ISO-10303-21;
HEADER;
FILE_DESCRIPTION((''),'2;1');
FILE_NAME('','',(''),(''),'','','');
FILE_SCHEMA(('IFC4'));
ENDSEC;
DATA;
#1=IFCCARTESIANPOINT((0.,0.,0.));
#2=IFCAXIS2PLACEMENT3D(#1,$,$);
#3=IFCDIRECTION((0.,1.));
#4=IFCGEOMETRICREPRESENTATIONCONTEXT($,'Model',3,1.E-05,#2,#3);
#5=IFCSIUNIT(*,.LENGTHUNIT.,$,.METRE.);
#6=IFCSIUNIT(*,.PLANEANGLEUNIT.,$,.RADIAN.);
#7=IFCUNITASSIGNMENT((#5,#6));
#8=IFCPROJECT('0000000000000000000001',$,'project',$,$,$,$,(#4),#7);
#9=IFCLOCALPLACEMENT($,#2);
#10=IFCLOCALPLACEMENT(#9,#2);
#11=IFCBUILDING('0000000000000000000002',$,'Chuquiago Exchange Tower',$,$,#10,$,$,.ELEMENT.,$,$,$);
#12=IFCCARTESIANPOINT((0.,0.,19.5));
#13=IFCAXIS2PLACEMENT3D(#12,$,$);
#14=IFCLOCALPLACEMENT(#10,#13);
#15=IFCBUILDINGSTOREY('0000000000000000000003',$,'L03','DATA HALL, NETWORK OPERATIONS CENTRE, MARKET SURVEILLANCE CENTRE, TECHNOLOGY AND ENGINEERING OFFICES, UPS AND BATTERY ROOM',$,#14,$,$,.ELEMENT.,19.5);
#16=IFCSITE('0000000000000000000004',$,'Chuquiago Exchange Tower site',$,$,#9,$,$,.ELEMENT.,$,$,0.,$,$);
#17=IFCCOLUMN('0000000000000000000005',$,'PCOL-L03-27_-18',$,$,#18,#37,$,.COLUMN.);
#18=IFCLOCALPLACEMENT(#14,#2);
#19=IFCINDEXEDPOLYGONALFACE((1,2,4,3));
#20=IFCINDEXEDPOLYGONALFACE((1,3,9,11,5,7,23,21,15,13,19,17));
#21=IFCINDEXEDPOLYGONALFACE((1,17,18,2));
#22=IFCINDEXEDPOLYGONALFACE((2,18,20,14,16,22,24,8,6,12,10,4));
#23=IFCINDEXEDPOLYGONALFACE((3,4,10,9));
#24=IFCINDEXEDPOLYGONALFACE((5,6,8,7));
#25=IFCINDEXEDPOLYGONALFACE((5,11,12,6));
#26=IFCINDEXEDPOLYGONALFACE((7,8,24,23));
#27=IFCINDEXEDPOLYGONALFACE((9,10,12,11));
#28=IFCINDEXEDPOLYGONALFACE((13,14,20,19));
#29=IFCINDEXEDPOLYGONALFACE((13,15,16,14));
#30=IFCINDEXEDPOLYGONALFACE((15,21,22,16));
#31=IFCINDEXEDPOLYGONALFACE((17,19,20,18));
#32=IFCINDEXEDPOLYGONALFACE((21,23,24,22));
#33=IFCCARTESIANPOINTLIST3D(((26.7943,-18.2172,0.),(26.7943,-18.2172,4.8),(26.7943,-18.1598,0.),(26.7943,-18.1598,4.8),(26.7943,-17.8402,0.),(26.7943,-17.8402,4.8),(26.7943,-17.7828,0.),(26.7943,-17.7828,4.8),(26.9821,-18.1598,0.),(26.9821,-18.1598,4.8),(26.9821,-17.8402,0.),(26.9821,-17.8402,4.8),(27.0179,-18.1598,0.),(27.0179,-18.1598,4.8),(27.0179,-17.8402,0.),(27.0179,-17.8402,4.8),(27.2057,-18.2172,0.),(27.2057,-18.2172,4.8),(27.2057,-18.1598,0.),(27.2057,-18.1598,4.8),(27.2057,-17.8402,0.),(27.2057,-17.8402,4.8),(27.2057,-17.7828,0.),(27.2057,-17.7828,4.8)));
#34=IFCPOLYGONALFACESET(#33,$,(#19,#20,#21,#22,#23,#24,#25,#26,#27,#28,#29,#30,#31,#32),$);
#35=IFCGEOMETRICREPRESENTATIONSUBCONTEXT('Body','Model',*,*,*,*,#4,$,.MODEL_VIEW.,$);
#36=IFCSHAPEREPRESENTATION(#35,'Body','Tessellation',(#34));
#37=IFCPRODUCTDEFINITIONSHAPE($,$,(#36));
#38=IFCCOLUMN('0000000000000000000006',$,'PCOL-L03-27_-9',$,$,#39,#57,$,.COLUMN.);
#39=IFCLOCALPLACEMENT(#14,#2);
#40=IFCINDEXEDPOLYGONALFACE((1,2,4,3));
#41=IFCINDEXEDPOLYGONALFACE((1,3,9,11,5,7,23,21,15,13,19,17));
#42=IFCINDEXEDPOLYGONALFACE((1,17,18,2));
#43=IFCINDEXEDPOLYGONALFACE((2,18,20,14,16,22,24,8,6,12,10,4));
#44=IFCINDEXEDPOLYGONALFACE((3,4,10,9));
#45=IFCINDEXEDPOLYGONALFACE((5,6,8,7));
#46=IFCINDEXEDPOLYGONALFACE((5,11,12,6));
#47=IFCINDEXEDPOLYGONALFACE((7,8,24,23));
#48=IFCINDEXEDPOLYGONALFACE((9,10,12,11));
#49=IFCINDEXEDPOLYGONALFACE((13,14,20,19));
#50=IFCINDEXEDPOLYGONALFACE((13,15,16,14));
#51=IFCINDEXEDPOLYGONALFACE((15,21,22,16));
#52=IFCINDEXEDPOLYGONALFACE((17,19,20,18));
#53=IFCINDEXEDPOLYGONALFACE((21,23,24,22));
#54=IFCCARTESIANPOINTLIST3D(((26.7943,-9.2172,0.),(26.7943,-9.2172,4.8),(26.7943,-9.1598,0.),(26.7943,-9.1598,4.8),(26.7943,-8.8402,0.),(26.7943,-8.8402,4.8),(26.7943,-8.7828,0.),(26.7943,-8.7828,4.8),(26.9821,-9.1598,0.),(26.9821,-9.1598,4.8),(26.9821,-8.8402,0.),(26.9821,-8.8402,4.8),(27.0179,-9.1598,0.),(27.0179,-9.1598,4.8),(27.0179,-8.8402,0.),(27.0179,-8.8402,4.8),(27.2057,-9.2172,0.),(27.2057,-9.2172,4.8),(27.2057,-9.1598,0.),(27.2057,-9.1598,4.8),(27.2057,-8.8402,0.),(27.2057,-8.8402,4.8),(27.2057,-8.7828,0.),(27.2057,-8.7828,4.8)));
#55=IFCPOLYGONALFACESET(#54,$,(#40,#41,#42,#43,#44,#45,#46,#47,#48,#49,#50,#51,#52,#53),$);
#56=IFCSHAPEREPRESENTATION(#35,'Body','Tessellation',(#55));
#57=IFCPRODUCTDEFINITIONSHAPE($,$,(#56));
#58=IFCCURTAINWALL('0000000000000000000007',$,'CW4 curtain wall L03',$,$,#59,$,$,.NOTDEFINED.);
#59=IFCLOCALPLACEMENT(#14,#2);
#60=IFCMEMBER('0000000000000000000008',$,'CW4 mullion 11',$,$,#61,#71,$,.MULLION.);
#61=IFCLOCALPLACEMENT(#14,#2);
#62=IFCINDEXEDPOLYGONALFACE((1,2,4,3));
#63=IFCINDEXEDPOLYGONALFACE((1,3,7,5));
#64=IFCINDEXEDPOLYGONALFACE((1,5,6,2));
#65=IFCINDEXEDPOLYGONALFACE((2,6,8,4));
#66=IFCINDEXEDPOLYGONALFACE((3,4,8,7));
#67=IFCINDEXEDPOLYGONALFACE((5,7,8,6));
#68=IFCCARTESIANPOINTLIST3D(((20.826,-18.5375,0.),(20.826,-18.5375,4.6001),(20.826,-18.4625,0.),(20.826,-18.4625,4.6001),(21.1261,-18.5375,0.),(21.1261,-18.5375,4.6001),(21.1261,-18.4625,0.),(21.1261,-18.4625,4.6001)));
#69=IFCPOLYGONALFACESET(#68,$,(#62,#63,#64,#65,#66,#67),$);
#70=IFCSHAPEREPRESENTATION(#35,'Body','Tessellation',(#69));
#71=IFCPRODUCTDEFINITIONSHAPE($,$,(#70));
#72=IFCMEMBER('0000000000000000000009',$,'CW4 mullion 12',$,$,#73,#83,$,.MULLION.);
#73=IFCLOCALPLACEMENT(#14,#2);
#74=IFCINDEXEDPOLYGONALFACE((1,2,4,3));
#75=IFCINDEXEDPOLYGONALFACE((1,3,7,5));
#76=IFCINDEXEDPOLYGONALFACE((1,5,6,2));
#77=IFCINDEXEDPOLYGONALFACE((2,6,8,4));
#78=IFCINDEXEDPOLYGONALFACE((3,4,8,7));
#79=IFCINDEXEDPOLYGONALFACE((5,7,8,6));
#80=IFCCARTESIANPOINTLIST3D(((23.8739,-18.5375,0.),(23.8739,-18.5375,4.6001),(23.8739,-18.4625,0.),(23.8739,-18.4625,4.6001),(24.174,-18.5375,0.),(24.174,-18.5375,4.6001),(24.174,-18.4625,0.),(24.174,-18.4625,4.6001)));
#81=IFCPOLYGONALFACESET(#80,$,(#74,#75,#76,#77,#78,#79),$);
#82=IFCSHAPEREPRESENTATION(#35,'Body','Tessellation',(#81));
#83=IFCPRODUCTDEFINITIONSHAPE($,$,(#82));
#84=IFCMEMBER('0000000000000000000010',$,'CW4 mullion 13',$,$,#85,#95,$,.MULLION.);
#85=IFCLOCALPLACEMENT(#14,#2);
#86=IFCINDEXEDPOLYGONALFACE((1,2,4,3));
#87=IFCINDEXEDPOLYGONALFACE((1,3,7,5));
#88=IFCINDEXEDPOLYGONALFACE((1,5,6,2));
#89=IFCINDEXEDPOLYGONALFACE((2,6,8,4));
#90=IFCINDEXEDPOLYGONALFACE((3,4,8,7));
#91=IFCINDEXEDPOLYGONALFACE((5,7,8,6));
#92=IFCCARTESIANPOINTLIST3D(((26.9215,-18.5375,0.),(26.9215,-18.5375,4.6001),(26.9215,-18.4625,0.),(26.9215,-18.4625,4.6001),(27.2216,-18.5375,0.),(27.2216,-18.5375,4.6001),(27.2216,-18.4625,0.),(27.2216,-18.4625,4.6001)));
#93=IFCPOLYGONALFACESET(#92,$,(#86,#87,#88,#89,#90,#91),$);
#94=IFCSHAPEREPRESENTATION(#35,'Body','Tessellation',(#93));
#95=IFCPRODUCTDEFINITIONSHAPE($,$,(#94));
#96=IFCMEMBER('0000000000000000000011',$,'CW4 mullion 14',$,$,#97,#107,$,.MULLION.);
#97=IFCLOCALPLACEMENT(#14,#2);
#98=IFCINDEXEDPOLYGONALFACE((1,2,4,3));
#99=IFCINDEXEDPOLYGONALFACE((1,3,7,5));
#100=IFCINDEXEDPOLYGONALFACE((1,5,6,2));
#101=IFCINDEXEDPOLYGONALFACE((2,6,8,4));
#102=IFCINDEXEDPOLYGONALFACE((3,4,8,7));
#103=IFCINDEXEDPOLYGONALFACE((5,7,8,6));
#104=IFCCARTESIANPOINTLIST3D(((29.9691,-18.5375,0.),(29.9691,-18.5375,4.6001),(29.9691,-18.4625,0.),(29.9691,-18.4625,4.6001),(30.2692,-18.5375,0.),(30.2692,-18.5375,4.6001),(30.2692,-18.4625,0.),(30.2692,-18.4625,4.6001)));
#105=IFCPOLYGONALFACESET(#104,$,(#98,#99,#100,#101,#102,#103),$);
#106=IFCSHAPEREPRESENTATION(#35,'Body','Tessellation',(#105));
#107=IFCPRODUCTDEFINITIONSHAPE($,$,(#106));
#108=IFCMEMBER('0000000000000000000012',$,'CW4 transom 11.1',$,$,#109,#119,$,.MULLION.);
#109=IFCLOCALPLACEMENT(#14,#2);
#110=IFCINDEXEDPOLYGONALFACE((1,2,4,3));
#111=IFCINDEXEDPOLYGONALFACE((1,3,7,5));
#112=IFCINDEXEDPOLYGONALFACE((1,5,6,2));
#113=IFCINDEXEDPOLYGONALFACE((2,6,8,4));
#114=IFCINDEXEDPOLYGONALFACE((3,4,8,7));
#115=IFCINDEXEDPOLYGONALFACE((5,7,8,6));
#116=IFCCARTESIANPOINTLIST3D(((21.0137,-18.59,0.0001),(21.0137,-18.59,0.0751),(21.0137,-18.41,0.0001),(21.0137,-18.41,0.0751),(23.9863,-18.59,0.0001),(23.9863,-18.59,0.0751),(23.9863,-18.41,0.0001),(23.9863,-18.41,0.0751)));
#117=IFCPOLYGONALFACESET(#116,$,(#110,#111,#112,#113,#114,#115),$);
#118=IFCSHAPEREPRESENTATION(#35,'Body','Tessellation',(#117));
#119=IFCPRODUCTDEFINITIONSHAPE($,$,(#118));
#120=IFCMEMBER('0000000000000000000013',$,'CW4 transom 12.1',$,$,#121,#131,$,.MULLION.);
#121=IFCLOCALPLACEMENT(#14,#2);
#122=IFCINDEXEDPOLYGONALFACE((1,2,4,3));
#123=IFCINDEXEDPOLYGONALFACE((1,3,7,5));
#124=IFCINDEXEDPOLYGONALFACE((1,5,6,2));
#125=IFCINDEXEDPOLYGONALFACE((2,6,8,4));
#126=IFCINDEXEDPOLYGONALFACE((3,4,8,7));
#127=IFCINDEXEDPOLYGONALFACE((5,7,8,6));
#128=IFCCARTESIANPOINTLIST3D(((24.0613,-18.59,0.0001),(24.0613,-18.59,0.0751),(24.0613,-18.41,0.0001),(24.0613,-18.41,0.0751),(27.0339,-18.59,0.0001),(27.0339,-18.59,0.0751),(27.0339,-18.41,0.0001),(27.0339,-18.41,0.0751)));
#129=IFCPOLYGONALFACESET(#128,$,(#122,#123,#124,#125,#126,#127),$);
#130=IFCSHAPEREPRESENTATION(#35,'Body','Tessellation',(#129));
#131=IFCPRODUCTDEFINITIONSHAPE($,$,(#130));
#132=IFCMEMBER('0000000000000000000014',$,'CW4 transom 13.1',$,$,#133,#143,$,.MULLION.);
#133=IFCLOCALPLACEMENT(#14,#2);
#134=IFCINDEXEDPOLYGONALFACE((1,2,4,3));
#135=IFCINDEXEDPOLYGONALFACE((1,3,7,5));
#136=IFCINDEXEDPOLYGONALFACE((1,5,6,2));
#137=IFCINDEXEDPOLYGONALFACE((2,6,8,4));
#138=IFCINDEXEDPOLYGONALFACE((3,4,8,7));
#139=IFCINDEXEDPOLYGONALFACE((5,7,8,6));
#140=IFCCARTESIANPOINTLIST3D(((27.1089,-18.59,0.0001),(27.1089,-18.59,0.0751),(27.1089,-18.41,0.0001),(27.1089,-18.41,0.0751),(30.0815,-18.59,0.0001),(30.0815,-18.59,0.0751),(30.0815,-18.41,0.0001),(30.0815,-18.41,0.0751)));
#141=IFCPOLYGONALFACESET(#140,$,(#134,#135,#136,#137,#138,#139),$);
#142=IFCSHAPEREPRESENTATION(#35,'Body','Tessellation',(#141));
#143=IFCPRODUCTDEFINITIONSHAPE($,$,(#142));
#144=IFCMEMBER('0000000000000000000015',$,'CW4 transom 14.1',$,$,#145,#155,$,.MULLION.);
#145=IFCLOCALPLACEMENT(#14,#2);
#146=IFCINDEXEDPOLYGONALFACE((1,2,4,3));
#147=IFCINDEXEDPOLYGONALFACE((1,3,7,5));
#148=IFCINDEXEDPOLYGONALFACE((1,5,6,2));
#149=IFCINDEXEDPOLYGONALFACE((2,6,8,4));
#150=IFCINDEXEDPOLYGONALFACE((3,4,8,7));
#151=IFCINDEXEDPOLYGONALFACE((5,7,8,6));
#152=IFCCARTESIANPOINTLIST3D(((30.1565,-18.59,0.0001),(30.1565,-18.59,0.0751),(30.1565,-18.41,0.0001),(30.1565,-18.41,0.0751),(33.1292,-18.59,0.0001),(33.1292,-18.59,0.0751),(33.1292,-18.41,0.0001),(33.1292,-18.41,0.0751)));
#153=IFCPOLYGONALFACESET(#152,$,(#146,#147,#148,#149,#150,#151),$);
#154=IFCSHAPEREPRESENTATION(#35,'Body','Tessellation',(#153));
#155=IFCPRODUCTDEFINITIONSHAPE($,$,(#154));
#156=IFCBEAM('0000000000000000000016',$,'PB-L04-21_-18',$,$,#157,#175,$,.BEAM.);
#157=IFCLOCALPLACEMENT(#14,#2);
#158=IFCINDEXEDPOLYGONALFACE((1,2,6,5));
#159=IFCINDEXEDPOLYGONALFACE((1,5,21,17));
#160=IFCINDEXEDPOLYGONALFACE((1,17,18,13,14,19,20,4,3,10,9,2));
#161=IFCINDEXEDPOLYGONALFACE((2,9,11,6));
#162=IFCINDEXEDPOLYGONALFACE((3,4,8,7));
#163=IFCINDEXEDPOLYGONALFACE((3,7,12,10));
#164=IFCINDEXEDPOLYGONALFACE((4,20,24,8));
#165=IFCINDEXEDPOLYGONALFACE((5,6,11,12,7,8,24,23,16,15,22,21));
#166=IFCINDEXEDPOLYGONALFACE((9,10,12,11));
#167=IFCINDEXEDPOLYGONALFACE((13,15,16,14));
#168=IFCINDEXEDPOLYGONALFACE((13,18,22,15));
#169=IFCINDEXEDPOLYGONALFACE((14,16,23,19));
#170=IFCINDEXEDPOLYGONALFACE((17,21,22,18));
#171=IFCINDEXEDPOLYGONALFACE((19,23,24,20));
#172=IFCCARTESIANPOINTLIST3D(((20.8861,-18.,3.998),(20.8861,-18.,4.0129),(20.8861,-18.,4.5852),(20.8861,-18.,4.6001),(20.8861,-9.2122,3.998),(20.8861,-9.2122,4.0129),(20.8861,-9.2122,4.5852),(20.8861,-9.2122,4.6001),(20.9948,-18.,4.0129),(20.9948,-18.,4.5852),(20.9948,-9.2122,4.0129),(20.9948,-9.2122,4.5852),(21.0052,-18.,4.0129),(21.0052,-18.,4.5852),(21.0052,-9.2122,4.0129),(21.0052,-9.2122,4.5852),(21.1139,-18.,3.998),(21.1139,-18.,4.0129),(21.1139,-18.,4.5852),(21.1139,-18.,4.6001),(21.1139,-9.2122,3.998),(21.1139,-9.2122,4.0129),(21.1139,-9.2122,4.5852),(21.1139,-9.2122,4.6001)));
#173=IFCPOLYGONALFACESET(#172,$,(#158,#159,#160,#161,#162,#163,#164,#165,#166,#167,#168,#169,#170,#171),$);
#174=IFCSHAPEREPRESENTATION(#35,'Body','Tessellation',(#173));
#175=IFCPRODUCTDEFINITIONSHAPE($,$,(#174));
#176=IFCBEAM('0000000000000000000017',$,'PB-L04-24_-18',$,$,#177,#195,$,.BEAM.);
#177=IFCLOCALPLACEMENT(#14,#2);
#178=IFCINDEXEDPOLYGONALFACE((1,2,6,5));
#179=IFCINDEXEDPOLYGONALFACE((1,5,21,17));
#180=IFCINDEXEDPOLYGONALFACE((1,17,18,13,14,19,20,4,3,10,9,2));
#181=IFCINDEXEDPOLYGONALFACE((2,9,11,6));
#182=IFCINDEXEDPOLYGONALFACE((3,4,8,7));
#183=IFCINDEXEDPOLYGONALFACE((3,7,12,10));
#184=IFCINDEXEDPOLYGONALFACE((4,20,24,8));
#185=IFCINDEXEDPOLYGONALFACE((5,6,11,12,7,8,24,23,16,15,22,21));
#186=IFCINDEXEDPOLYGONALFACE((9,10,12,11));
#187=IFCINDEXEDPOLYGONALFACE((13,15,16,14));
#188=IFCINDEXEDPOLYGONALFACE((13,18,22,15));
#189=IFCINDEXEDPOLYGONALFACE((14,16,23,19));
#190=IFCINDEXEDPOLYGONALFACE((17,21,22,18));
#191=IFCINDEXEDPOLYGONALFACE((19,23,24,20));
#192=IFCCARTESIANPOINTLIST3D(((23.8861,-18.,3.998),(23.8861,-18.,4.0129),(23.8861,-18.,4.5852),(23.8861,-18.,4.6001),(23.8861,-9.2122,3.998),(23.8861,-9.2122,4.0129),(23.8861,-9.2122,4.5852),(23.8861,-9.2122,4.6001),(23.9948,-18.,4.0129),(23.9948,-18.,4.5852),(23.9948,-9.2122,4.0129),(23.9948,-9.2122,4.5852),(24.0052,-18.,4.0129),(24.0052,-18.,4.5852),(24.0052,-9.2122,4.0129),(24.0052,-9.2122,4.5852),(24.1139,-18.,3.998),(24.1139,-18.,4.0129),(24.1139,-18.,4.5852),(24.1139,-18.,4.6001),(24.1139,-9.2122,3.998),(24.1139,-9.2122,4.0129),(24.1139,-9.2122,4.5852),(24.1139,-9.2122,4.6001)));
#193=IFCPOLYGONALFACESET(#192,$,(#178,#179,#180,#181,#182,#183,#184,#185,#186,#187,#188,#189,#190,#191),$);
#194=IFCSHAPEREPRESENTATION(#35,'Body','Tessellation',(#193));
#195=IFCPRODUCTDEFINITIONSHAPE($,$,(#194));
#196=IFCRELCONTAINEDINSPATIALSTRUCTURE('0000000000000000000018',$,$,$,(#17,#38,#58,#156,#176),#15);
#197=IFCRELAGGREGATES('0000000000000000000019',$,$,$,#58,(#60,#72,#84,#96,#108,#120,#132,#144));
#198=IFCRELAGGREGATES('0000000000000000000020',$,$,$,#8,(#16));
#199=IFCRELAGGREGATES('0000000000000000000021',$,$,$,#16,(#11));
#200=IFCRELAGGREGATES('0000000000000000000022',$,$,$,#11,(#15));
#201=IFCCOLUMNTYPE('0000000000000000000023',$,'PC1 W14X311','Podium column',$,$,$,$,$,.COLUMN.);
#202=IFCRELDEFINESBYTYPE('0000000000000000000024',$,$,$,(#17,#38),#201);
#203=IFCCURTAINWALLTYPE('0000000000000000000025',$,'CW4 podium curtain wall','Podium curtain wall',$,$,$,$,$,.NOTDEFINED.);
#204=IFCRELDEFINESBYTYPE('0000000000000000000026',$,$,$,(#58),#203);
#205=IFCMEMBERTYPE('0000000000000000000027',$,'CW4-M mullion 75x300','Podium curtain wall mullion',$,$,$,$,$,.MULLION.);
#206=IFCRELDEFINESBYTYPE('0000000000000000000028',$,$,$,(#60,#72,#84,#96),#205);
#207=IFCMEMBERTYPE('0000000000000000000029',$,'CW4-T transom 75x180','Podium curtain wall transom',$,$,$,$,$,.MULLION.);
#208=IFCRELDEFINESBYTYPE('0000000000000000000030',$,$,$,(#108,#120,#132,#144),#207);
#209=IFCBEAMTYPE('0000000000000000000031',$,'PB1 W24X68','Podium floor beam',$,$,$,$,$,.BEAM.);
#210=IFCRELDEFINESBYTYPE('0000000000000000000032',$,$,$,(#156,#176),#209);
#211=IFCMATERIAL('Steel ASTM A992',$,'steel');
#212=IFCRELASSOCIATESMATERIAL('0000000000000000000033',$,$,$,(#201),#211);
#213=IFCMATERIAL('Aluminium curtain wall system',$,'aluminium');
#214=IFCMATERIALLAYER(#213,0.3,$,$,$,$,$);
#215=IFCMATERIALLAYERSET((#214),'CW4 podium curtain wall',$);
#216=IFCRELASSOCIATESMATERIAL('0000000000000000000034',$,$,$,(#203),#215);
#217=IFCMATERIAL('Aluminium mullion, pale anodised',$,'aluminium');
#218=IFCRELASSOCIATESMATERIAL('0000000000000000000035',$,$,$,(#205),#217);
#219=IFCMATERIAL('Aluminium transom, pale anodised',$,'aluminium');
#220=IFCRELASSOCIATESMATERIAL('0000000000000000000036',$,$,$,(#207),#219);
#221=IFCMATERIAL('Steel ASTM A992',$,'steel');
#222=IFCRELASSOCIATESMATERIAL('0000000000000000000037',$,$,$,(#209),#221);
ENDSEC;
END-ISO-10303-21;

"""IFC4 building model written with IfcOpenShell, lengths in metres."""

from ifc_helpers import new_model, si_unit, direction, frame, origin, origin_2d, place, context, subcontext, project, spatial, rectangle, i_section, extrude, material, layer, layer_set, material_profile, profile_set, type_object, element, aggregate, save


model = new_model("IFC4")

# Units and contexts
model_context = context("Model", 3, precision=1e-05, world=origin(), true_north=direction((0.0, 1.0)))
body_context = subcontext(model_context, "Body", "Model", "MODEL_VIEW")
ifc_project = project(units=[si_unit("LENGTHUNIT", "METRE"), si_unit("PLANEANGLEUNIT", "RADIAN")], contexts=[model_context])

# Site, building, storey
site_placement = place(None, origin())
site = spatial("IfcSite", under=ifc_project, at=site_placement, Name="Chuquiago Exchange Tower site", CompositionType="ELEMENT", RefElevation=0.0)
building_placement = place(site_placement, origin())
building = spatial("IfcBuilding", under=site, at=building_placement, Name="Chuquiago Exchange Tower", CompositionType="ELEMENT")
storey_placement = place(building_placement, frame((0.0, 0.0, 19.5)))
storey = spatial("IfcBuildingStorey", under=building, at=storey_placement, Name="L03", Description="DATA HALL, NETWORK OPERATIONS CENTRE, MARKET SURVEILLANCE CENTRE, TECHNOLOGY AND ENGINEERING OFFICES, UPS AND BATTERY ROOM", CompositionType="ELEMENT", Elevation=19.5)

# Columns
ifc_material_1 = material(Name="Steel ASTM A992", Category="steel")
ifc_material_profile_1 = material_profile(ifc_material_1, i_section(OverallWidth=0.4114, OverallDepth=0.4343, WebThickness=0.0359, FlangeThickness=0.0574, at=origin_2d()), Name="W14X311")
ifc_profile_set_1 = profile_set([ifc_material_profile_1], Name="Steel ASTM A992")
column_type = type_object("IfcColumnType", Name="PC1 W14X311", Description="Podium column", PredefinedType="COLUMN", material=ifc_profile_set_1)
for number, where, z_axis, x_axis, name in (
    (1, (27.0, -18.0, 0.0), (0.0, 0.0, 1.0), (1.0, 0.0, 0.0), "PCOL-L03-27_-18"),
    (2, (27.0, -9.0, 0.0), (0.0, 0.0, 1.0), (1.0, 0.0, 0.0), "PCOL-L03-27_-9"),
):
    element("IfcColumn", number, at=place(storey_placement, frame(where, z_axis=z_axis, x_axis=x_axis)), inside=storey, type_object=column_type, Name=name, PredefinedType="COLUMN", context=body_context, shape_type="SweptSolid", body=[
        extrude(i_section(OverallWidth=0.4114, OverallDepth=0.4343, WebThickness=0.0359, FlangeThickness=0.0574, at=origin_2d()), origin(), (0.0, 0.0, 1.0), 4.8),
    ])

# Curtain wall, members
ifc_material_2 = material(Name="Aluminium curtain wall system", Category="aluminium")
ifc_layer_1 = layer(ifc_material_2, 0.3)
ifc_layer_set_1 = layer_set([ifc_layer_1], Name="CW4 podium curtain wall")
curtain_wall_type = type_object("IfcCurtainWallType", Name="CW4 podium curtain wall", Description="Podium curtain wall", PredefinedType="NOTDEFINED", material=ifc_layer_set_1)
curtain_wall_placement = place(storey_placement, origin())
curtain_wall = element("IfcCurtainWall", 3, at=curtain_wall_placement, inside=storey, type_object=curtain_wall_type, Name="CW4 curtain wall L03", PredefinedType="NOTDEFINED")
ifc_material_3 = material(Name="Aluminium mullion, pale anodised", Category="aluminium")
ifc_material_profile_2 = material_profile(ifc_material_3, rectangle(XDim=0.075, YDim=0.3, at=origin_2d()), Name="AL 75x300")
ifc_profile_set_2 = profile_set([ifc_material_profile_2], Name="Aluminium mullion, pale anodised")
member_type_1 = type_object("IfcMemberType", Name="CW4-M mullion 75x300", Description="Podium curtain wall mullion", PredefinedType="MULLION", material=ifc_profile_set_2)
member_1_placement = place(storey_placement, frame((20.9761, -18.5, 0.0), z_axis=(0.0, 0.0, 1.0), x_axis=(0.0, 1.0, 0.0)))
member_1 = element("IfcMember", 4, at=member_1_placement, type_object=member_type_1, Name="CW4 mullion 11", PredefinedType="MULLION", context=body_context, shape_type="SweptSolid", body=[
    extrude(rectangle(XDim=0.075, YDim=0.3, at=origin_2d()), origin(), (0.0, 0.0, 1.0), 4.6001),
])
member_2_placement = place(storey_placement, frame((24.0239, -18.5, 0.0), z_axis=(0.0, 0.0, 1.0), x_axis=(0.0, 1.0, 0.0)))
member_2 = element("IfcMember", 5, at=member_2_placement, type_object=member_type_1, Name="CW4 mullion 12", PredefinedType="MULLION", context=body_context, shape_type="SweptSolid", body=[
    extrude(rectangle(XDim=0.075, YDim=0.3, at=origin_2d()), origin(), (0.0, 0.0, 1.0), 4.6001),
])
member_3_placement = place(storey_placement, frame((27.0715, -18.5, 0.0), z_axis=(0.0, 0.0, 1.0), x_axis=(0.0, 1.0, 0.0)))
member_3 = element("IfcMember", 6, at=member_3_placement, type_object=member_type_1, Name="CW4 mullion 13", PredefinedType="MULLION", context=body_context, shape_type="SweptSolid", body=[
    extrude(rectangle(XDim=0.075, YDim=0.3, at=origin_2d()), origin(), (0.0, 0.0, 1.0), 4.6001),
])
member_4_placement = place(storey_placement, frame((30.1191, -18.5, 0.0), z_axis=(0.0, 0.0, 1.0), x_axis=(0.0, 1.0, 0.0)))
member_4 = element("IfcMember", 7, at=member_4_placement, type_object=member_type_1, Name="CW4 mullion 14", PredefinedType="MULLION", context=body_context, shape_type="SweptSolid", body=[
    extrude(rectangle(XDim=0.075, YDim=0.3, at=origin_2d()), origin(), (0.0, 0.0, 1.0), 4.6001),
])
ifc_material_4 = material(Name="Aluminium transom, pale anodised", Category="aluminium")
ifc_material_profile_3 = material_profile(ifc_material_4, rectangle(XDim=0.1799, YDim=0.075, at=origin_2d()), Name="AL 180x75")
ifc_profile_set_3 = profile_set([ifc_material_profile_3], Name="Aluminium transom, pale anodised")
member_type_2 = type_object("IfcMemberType", Name="CW4-T transom 75x180", Description="Podium curtain wall transom", PredefinedType="MULLION", material=ifc_profile_set_3)
member_5_placement = place(storey_placement, frame((21.0137, -18.5, 0.0376), z_axis=(1.0, 0.0, 0.0), x_axis=(0.0, 1.0, 0.0)))
member_5 = element("IfcMember", 8, at=member_5_placement, type_object=member_type_2, Name="CW4 transom 11.1", PredefinedType="MULLION", context=body_context, shape_type="SweptSolid", body=[
    extrude(rectangle(XDim=0.1799, YDim=0.075, at=origin_2d()), origin(), (0.0, 0.0, 1.0), 2.9727),
])
member_6_placement = place(storey_placement, frame((24.0613, -18.5, 0.0376), z_axis=(1.0, 0.0, 0.0), x_axis=(0.0, 1.0, 0.0)))
member_6 = element("IfcMember", 9, at=member_6_placement, type_object=member_type_2, Name="CW4 transom 12.1", PredefinedType="MULLION", context=body_context, shape_type="SweptSolid", body=[
    extrude(rectangle(XDim=0.1799, YDim=0.075, at=origin_2d()), origin(), (0.0, 0.0, 1.0), 2.9727),
])
member_7_placement = place(storey_placement, frame((27.1089, -18.5, 0.0376), z_axis=(1.0, 0.0, 0.0), x_axis=(0.0, 1.0, 0.0)))
member_7 = element("IfcMember", 10, at=member_7_placement, type_object=member_type_2, Name="CW4 transom 13.1", PredefinedType="MULLION", context=body_context, shape_type="SweptSolid", body=[
    extrude(rectangle(XDim=0.1799, YDim=0.075, at=origin_2d()), origin(), (0.0, 0.0, 1.0), 2.9727),
])
member_8_placement = place(storey_placement, frame((30.1565, -18.5, 0.0376), z_axis=(1.0, 0.0, 0.0), x_axis=(0.0, 1.0, 0.0)))
member_8 = element("IfcMember", 11, at=member_8_placement, type_object=member_type_2, Name="CW4 transom 14.1", PredefinedType="MULLION", context=body_context, shape_type="SweptSolid", body=[
    extrude(rectangle(XDim=0.1799, YDim=0.075, at=origin_2d()), origin(), (0.0, 0.0, 1.0), 2.9727),
])

# Beams
ifc_material_5 = material(Name="Steel ASTM A992", Category="steel")
ifc_material_profile_4 = material_profile(ifc_material_5, i_section(OverallWidth=0.2278, OverallDepth=0.6021, WebThickness=0.0105, FlangeThickness=0.0149, at=origin_2d()), Name="W24X68")
ifc_profile_set_4 = profile_set([ifc_material_profile_4], Name="Steel ASTM A992")
beam_type_1 = type_object("IfcBeamType", Name="PB1 W24X68", Description="Podium floor beam", PredefinedType="BEAM", material=ifc_profile_set_4)
for number, where, z_axis, x_axis, name in (
    (12, (21.0, -18.0, 4.2991), (0.0, 1.0, 0.0), (-1.0, 0.0, 0.0), "PB-L04-21_-18"),
    (13, (24.0, -18.0, 4.2991), (0.0, 1.0, 0.0), (-1.0, 0.0, 0.0), "PB-L04-24_-18"),
):
    element("IfcBeam", number, at=place(storey_placement, frame(where, z_axis=z_axis, x_axis=x_axis)), inside=storey, type_object=beam_type_1, Name=name, PredefinedType="BEAM", context=body_context, shape_type="SweptSolid", body=[
        extrude(i_section(OverallWidth=0.2278, OverallDepth=0.6021, WebThickness=0.0105, FlangeThickness=0.0149, at=origin_2d()), origin(), (0.0, 0.0, 1.0), 8.7878),
    ])

aggregate(curtain_wall, [member_1, member_2, member_3, member_4, member_5, member_6, member_7, member_8])

save(model, "model.ifc")
